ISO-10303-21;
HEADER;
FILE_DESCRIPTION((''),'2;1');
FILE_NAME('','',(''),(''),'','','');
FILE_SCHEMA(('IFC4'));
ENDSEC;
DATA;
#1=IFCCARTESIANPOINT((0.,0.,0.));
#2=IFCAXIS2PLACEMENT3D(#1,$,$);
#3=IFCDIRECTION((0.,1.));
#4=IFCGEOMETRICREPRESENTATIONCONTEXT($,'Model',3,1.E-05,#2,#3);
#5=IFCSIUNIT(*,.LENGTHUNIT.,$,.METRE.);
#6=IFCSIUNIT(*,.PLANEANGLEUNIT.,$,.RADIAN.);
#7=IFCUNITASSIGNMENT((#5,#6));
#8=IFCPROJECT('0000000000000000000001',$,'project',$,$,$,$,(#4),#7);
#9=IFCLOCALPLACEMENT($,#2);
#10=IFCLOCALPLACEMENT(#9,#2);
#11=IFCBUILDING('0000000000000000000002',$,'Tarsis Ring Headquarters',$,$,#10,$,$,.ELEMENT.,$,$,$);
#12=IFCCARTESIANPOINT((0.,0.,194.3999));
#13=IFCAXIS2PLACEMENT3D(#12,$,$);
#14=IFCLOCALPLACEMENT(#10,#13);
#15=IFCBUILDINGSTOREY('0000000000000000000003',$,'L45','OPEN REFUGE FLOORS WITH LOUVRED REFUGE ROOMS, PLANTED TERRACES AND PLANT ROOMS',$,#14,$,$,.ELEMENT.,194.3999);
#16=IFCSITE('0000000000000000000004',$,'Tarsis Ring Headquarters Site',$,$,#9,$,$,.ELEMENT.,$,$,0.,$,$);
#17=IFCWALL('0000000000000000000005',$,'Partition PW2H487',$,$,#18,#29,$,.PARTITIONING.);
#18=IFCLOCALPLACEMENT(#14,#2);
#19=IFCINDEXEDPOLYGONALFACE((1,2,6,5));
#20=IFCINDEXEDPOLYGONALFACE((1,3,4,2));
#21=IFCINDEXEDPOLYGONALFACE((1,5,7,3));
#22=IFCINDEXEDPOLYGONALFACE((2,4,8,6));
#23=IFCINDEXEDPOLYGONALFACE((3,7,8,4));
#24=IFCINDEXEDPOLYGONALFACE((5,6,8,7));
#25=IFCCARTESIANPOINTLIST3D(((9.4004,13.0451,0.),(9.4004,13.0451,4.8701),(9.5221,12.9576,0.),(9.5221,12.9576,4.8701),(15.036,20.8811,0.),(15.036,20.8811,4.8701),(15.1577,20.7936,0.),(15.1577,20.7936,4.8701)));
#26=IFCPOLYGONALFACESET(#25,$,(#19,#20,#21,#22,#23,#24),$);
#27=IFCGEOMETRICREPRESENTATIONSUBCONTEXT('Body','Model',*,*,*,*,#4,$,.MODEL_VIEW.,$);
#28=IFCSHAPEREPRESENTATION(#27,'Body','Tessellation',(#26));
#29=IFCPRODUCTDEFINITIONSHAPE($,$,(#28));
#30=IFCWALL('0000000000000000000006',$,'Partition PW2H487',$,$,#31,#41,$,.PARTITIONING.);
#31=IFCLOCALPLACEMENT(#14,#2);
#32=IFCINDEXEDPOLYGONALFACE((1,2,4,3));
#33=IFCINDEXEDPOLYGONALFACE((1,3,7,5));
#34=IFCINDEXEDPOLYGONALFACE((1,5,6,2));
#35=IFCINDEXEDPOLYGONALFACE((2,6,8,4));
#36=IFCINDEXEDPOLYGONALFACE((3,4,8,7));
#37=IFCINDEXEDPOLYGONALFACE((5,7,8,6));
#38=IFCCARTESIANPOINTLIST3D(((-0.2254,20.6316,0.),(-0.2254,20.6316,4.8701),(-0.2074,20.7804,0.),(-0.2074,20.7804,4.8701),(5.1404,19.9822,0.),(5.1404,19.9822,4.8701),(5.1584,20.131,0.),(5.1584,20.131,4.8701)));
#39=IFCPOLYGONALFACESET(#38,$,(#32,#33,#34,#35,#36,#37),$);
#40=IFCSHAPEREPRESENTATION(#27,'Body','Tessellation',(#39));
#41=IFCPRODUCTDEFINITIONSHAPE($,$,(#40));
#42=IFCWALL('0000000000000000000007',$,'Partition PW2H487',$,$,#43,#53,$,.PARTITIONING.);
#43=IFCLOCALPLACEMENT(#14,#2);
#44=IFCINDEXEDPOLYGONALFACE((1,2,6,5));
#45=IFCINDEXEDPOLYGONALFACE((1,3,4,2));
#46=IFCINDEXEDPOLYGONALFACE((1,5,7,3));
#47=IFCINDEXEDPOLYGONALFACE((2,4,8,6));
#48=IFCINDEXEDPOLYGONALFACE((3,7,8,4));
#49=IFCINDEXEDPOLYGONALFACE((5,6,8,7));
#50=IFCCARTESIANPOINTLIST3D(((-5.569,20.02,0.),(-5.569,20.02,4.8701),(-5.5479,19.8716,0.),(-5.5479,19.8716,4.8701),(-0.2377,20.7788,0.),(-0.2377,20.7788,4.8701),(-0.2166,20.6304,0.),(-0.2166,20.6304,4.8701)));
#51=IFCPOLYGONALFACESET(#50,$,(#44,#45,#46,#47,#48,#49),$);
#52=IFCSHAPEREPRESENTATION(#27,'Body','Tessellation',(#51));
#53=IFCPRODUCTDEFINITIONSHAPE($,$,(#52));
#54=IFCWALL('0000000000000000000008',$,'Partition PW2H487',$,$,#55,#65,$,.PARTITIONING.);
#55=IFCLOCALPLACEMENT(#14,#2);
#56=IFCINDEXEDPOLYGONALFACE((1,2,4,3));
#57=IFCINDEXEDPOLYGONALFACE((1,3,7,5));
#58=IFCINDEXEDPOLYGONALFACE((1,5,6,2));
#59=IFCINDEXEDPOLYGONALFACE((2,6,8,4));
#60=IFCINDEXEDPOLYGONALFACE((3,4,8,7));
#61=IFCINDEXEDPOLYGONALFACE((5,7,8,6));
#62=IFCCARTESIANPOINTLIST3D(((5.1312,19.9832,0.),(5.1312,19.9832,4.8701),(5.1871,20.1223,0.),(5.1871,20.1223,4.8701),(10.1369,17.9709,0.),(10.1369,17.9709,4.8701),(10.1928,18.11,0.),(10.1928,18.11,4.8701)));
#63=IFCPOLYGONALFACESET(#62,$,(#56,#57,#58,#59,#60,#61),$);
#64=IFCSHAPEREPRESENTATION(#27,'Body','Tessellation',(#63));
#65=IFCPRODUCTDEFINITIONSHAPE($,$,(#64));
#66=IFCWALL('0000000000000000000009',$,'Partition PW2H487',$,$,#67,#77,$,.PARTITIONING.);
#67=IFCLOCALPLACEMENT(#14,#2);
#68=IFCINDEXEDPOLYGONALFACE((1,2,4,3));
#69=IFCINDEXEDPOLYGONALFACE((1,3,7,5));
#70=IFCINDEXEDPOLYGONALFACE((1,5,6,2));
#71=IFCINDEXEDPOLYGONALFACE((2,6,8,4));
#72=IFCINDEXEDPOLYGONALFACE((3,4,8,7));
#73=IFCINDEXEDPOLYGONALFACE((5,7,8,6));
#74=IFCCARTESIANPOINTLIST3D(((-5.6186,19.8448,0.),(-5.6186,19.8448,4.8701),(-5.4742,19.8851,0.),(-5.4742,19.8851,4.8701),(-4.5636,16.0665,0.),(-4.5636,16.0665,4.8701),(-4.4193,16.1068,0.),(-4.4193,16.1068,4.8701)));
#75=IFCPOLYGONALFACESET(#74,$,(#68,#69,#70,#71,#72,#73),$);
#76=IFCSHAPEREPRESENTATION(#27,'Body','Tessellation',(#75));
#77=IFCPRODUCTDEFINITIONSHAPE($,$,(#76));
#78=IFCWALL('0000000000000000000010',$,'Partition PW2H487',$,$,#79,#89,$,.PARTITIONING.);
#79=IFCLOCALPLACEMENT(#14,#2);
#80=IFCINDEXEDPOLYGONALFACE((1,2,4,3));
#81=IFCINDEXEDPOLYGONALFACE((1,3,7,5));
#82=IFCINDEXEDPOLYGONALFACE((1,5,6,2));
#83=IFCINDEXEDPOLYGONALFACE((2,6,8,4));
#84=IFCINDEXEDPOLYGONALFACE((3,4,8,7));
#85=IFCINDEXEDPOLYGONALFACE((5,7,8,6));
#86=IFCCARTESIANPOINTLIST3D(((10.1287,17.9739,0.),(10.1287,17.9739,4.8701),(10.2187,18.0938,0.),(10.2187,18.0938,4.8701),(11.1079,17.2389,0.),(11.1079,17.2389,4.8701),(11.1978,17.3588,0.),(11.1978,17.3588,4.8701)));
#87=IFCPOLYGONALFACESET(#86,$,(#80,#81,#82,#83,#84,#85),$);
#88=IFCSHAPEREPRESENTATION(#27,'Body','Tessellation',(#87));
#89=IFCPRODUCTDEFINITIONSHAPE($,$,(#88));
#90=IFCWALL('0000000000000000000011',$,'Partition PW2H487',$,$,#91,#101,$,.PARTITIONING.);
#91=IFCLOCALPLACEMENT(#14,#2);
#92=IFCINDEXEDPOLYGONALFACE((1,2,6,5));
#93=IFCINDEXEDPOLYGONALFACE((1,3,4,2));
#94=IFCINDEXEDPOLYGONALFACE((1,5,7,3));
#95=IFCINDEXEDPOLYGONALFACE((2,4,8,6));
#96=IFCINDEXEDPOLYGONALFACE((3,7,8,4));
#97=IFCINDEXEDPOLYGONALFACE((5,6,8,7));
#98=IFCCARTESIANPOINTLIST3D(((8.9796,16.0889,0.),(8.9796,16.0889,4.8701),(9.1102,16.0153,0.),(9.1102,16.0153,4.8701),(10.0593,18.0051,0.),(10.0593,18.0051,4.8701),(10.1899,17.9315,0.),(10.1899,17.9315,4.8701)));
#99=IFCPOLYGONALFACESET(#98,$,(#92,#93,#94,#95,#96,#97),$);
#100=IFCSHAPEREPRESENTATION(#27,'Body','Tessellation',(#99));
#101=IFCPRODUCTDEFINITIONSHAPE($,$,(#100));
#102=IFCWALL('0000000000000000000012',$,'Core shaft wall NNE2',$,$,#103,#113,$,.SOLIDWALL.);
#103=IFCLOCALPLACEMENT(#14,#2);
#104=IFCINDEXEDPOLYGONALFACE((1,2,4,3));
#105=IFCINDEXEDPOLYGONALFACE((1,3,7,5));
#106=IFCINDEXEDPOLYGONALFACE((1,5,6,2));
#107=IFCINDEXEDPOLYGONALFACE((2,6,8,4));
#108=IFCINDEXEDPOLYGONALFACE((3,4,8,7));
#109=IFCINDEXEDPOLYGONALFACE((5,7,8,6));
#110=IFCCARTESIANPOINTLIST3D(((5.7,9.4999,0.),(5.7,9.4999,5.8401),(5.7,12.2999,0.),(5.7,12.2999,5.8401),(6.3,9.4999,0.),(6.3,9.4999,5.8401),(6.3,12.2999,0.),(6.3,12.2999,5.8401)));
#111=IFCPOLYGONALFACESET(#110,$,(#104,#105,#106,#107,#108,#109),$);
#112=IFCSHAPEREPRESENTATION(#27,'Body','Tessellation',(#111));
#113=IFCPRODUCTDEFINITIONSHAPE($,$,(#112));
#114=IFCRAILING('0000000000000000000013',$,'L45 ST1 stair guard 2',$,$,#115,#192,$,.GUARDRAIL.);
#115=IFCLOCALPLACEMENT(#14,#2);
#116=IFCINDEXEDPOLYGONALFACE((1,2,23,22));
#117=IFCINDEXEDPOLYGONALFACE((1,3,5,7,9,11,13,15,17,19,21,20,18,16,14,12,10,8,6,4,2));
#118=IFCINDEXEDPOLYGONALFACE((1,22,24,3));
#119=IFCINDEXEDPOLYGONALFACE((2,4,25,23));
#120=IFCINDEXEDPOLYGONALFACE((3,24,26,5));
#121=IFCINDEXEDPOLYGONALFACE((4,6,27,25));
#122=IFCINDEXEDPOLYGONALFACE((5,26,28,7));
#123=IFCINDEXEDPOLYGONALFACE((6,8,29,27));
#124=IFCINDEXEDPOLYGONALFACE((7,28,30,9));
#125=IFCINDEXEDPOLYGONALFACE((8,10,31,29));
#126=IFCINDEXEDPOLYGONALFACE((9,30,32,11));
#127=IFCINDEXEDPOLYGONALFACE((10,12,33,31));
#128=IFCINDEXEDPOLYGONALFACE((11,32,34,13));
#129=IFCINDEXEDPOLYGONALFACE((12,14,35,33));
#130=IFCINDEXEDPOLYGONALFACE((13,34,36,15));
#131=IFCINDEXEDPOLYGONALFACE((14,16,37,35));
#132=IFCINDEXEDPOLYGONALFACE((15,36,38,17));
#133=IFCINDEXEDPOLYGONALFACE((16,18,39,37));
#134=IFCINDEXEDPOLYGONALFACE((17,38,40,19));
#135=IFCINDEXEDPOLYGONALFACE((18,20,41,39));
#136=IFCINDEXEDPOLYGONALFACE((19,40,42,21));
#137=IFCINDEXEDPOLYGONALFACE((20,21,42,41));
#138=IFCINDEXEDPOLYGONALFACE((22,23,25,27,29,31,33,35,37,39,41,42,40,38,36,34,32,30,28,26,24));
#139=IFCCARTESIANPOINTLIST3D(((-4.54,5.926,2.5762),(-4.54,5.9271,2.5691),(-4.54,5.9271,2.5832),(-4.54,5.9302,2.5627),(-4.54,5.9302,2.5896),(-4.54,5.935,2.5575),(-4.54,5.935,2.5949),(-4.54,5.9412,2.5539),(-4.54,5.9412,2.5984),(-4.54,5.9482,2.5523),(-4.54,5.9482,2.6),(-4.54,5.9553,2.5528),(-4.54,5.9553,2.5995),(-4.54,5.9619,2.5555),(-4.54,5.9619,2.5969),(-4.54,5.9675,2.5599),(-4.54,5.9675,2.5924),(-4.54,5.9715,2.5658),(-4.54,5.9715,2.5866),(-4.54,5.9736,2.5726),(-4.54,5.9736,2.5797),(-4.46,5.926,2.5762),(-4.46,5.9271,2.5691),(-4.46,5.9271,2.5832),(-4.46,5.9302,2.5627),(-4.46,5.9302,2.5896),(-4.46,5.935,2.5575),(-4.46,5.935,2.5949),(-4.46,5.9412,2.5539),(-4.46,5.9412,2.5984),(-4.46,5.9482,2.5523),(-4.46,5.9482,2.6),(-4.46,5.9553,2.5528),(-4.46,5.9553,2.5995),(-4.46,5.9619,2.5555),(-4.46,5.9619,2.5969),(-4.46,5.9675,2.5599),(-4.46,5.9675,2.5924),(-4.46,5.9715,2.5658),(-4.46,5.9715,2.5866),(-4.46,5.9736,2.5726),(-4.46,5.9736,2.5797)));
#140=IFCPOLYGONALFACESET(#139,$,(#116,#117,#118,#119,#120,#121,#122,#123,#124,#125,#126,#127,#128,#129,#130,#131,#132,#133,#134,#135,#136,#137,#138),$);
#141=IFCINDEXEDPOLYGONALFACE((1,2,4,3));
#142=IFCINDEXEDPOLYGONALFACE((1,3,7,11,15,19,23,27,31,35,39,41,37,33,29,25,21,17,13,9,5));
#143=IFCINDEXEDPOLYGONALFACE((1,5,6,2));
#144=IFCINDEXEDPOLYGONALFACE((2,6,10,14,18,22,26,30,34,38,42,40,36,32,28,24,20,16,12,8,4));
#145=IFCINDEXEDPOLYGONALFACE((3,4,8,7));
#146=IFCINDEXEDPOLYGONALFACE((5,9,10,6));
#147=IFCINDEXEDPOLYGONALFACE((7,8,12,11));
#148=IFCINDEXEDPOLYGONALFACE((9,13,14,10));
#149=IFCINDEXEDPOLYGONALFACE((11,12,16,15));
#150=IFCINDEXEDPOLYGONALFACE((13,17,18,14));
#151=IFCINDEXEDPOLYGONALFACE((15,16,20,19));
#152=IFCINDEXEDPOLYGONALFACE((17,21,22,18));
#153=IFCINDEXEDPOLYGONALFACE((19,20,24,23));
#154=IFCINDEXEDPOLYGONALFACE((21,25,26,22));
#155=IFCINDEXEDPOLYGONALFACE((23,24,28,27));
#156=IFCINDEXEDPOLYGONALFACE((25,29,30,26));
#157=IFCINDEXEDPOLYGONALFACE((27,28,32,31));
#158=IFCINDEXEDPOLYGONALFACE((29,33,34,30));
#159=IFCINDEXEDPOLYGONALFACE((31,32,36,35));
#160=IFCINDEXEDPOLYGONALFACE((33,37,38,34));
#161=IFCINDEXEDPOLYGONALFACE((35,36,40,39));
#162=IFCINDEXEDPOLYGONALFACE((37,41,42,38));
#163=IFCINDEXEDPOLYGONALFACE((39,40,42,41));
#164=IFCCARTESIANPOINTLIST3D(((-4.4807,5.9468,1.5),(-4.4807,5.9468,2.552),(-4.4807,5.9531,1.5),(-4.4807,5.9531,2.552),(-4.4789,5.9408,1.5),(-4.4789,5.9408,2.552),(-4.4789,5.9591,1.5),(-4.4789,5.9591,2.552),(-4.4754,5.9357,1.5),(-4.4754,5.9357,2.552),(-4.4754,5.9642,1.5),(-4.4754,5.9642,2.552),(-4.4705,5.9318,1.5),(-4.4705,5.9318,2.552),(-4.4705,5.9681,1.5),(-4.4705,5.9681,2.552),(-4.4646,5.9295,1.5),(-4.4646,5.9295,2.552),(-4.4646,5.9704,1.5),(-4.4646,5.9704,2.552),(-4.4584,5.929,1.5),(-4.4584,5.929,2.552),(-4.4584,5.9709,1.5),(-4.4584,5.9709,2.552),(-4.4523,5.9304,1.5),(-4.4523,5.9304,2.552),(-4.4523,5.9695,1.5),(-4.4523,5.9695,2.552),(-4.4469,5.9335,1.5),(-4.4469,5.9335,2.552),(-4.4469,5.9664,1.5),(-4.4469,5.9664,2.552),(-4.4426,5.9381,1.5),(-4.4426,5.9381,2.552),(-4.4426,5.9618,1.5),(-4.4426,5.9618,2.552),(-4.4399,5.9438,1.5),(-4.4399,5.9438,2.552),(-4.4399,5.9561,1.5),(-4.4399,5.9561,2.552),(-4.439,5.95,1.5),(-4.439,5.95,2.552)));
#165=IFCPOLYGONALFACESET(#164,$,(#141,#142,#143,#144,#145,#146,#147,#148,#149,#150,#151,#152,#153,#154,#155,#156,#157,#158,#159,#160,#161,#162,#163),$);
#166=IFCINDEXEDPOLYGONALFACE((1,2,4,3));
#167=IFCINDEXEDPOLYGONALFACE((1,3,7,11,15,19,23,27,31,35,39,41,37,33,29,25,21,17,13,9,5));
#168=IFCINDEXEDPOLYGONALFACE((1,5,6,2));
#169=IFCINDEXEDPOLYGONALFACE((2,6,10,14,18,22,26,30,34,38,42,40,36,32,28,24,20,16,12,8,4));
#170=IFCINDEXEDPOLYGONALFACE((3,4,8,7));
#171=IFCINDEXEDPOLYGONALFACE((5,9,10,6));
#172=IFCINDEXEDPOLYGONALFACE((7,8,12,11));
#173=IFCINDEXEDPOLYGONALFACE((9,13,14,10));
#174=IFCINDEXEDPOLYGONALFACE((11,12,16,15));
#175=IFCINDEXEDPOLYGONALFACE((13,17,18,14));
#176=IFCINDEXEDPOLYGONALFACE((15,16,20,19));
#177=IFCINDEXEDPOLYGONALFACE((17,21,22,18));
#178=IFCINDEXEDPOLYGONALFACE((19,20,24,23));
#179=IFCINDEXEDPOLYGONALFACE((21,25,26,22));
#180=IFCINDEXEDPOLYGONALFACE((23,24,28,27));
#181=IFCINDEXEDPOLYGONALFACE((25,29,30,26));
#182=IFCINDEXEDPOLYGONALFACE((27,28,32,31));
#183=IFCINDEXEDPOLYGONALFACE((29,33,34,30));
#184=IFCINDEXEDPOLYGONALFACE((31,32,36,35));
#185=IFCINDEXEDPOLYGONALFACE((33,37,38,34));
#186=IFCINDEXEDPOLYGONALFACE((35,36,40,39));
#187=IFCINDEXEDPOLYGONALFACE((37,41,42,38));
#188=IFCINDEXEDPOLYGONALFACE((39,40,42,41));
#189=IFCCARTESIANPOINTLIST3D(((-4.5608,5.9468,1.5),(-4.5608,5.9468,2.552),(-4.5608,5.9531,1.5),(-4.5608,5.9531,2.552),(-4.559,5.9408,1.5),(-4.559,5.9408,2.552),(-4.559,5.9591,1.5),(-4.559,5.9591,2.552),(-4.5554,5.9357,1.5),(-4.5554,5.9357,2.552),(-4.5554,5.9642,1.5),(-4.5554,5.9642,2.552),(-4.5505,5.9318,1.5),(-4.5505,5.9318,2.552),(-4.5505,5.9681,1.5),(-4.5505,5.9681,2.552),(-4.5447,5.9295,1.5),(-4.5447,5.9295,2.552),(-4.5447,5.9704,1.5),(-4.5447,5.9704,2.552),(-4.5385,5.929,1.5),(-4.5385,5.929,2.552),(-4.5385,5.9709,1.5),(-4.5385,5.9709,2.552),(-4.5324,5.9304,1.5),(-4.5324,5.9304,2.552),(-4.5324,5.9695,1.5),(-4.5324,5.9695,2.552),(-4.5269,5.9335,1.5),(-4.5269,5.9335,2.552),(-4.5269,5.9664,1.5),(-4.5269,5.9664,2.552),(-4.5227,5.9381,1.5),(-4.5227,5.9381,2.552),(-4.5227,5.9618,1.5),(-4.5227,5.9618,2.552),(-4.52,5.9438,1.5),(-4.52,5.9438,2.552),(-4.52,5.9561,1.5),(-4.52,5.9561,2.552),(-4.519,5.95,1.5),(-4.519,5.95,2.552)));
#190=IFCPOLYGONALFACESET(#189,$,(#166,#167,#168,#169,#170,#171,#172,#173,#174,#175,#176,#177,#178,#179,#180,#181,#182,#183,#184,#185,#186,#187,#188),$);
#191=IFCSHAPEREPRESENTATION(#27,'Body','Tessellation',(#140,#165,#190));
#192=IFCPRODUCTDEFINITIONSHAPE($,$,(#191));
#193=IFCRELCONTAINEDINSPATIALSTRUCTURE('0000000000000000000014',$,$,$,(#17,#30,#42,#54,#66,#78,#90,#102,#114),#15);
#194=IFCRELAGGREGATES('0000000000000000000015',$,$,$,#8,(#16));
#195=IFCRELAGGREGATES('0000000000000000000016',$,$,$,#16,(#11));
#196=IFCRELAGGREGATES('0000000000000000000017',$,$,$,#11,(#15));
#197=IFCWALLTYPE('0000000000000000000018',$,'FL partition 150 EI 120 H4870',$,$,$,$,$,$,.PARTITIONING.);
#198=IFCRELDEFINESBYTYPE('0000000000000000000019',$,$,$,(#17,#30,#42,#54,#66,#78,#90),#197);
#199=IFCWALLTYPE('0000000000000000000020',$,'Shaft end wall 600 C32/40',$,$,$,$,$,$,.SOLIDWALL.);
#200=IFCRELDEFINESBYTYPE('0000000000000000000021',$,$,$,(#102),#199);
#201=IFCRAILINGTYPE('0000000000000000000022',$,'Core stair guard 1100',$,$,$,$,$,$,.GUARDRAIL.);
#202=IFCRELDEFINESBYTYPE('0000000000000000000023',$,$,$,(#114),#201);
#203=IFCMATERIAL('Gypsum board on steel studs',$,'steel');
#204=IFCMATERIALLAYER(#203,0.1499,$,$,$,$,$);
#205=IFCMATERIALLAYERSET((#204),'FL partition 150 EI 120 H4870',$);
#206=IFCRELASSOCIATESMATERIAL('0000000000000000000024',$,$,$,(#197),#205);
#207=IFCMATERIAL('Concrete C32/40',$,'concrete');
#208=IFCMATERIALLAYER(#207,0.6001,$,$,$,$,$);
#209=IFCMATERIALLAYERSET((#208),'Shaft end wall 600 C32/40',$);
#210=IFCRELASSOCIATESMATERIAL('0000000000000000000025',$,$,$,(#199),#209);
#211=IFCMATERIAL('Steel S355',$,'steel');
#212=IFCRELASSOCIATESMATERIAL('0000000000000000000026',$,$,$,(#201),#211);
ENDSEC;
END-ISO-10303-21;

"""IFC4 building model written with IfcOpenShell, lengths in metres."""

from ifc_helpers import new_model, si_unit, direction, frame, frame_2d, origin, origin_2d, place, context, subcontext, project, spatial, rectangle, circle, extrude, material, layer, layer_set, type_object, element, save


model = new_model("IFC4")

# Units and contexts
model_context = context("Model", 3, precision=1e-05, world=origin(), true_north=direction((0.0, 1.0)))
body_context = subcontext(model_context, "Body", "Model", "MODEL_VIEW")
ifc_project = project(units=[si_unit("LENGTHUNIT", "METRE"), si_unit("PLANEANGLEUNIT", "RADIAN")], contexts=[model_context])

# Site, building, storey
site_placement = place(None, origin())
site = spatial("IfcSite", under=ifc_project, at=site_placement, Name="Tarsis Ring Headquarters Site", CompositionType="ELEMENT", RefElevation=0.0)
building_placement = place(site_placement, origin())
building = spatial("IfcBuilding", under=site, at=building_placement, Name="Tarsis Ring Headquarters", CompositionType="ELEMENT")
storey_placement = place(building_placement, frame((0.0, 0.0, 194.3999)))
storey = spatial("IfcBuildingStorey", under=building, at=storey_placement, Name="L45", Description="OPEN REFUGE FLOORS WITH LOUVRED REFUGE ROOMS, PLANTED TERRACES AND PLANT ROOMS", CompositionType="ELEMENT", Elevation=194.3999)

# Walls
ifc_material_1 = material(Name="Gypsum board on steel studs", Category="steel")
ifc_layer_1 = layer(ifc_material_1, 0.1499)
ifc_layer_set_1 = layer_set([ifc_layer_1], Name="FL partition 150 EI 120 H4870")
wall_type_1 = type_object("IfcWallType", Name="FL partition 150 EI 120 H4870", PredefinedType="PARTITIONING", material=ifc_layer_set_1)
wall_1_placement = place(storey_placement, frame((9.4612, 13.0012, 0.0), z_axis=(0.0, 0.0, 1.0), x_axis=(0.58387, 0.811848, 0.0)))
element("IfcWall", 1, at=wall_1_placement, inside=storey, type_object=wall_type_1, Name="Partition PW2H487", PredefinedType="PARTITIONING", context=body_context, shape_type="SweptSolid", body=[
    extrude(rectangle(XDim=9.6521, YDim=0.1499, at=frame_2d((4.8262, 0.0))), origin(), (0.0, 0.0, 1.0), 4.8701),
])
wall_2_placement = place(storey_placement, frame((-0.2166, 20.7061, 0.0), z_axis=(0.0, 0.0, 1.0), x_axis=(0.992756, -0.120148, 0.0)))
element("IfcWall", 2, at=wall_2_placement, inside=storey, type_object=wall_type_1, Name="Partition PW2H487", PredefinedType="PARTITIONING", context=body_context, shape_type="SweptSolid", body=[
    extrude(rectangle(XDim=5.405, YDim=0.1499, at=frame_2d((2.7026, 0.0))), origin(), (0.0, 0.0, 1.0), 4.8701),
])
wall_3_placement = place(storey_placement, frame((-5.5583, 19.9458, 0.0), z_axis=(0.0, 0.0, 1.0), x_axis=(0.990023, 0.140907, 0.0)))
element("IfcWall", 3, at=wall_3_placement, inside=storey, type_object=wall_type_1, Name="Partition PW2H487", PredefinedType="PARTITIONING", context=body_context, shape_type="SweptSolid", body=[
    extrude(rectangle(XDim=5.385, YDim=0.1499, at=frame_2d((2.6924, 0.0))), origin(), (0.0, 0.0, 1.0), 4.8701),
])
wall_4_placement = place(storey_placement, frame((5.1592, 20.0527, 0.0), z_axis=(0.0, 0.0, 1.0), x_axis=(0.927839, -0.372982, 0.0)))
element("IfcWall", 4, at=wall_4_placement, inside=storey, type_object=wall_type_1, Name="Partition PW2H487", PredefinedType="PARTITIONING", context=body_context, shape_type="SweptSolid", body=[
    extrude(rectangle(XDim=5.395, YDim=0.1499, at=frame_2d((2.6975, 0.0))), origin(), (0.0, 0.0, 1.0), 4.8701),
])
wall_5_placement = place(storey_placement, frame((-5.5464, 19.865, 0.0), z_axis=(0.0, 0.0, 1.0), x_axis=(0.268921, -0.963162, 0.0)))
element("IfcWall", 5, at=wall_5_placement, inside=storey, type_object=wall_type_1, Name="Partition PW2H487", PredefinedType="PARTITIONING", context=body_context, shape_type="SweptSolid", body=[
    extrude(rectangle(XDim=3.9229, YDim=0.1499, at=frame_2d((1.9614, 0.0))), origin(), (0.0, 0.0, 1.0), 4.8701),
])
wall_6_placement = place(storey_placement, frame((10.1736, 18.0339, 0.0), z_axis=(0.0, 0.0, 1.0), x_axis=(0.799737, -0.600351, 0.0)))
element("IfcWall", 6, at=wall_6_placement, inside=storey, type_object=wall_type_1, Name="Partition PW2H487", PredefinedType="PARTITIONING", context=body_context, shape_type="SweptSolid", body=[
    extrude(rectangle(XDim=1.2244, YDim=0.1499, at=frame_2d((0.6123, 0.0))), origin(), (0.0, 0.0, 1.0), 4.8701),
])
wall_7_placement = place(storey_placement, frame((9.0449, 16.0522, 0.0), z_axis=(0.0, 0.0, 1.0), x_axis=(0.49093, 0.871199, 0.0)))
element("IfcWall", 7, at=wall_7_placement, inside=storey, type_object=wall_type_1, Name="Partition PW2H487", PredefinedType="PARTITIONING", context=body_context, shape_type="SweptSolid", body=[
    extrude(rectangle(XDim=2.1995, YDim=0.1499, at=frame_2d((1.0996, 0.0))), origin(), (0.0, 0.0, 1.0), 4.8701),
])
ifc_material_2 = material(Name="Concrete C32/40", Category="concrete")
ifc_layer_2 = layer(ifc_material_2, 0.6001)
ifc_layer_set_2 = layer_set([ifc_layer_2], Name="Shaft end wall 600 C32/40")
wall_type_2 = type_object("IfcWallType", Name="Shaft end wall 600 C32/40", PredefinedType="SOLIDWALL", material=ifc_layer_set_2)
wall_8_placement = place(storey_placement, frame((6.0, 9.5, 0.0), z_axis=(0.0, 0.0, 1.0), x_axis=(0.0, 1.0, 0.0)))
element("IfcWall", 8, at=wall_8_placement, inside=storey, type_object=wall_type_2, Name="Core shaft wall NNE2", PredefinedType="SOLIDWALL", context=body_context, shape_type="SweptSolid", body=[
    extrude(rectangle(XDim=2.8, YDim=0.6001, at=frame_2d((1.3999, 0.0))), origin(), (0.0, 0.0, 1.0), 5.8401),
])

# Railing
ifc_material_3 = material(Name="Steel S355", Category="steel")
railing_type_1 = type_object("IfcRailingType", Name="Core stair guard 1100", PredefinedType="GUARDRAIL", material=ifc_material_3)
for number, where, name in (
    (9, (-4.46, 5.95, 1.5), "L45 ST1 stair guard 2"),
):
    element("IfcRailing", number, at=place(storey_placement, frame(where)), inside=storey, type_object=railing_type_1, Name=name, PredefinedType="GUARDRAIL", context=body_context, shape_type="SweptSolid", body=[
        extrude(circle(Radius=0.0239, at=origin_2d()), frame((0.0, 0.0, 1.0762), z_axis=(-1.0, 0.0, 0.0), x_axis=(0.0, -1.0, 0.0)), (0.0, 0.0, 1.0), 0.0801),
        extrude(circle(Radius=0.021, at=origin_2d()), origin(), (0.0, 0.0, 1.0), 1.052),
        extrude(circle(Radius=0.021, at=origin_2d()), frame((-0.0801, 0.0, 0.0)), (0.0, 0.0, 1.0), 1.052),
    ])

save(model, "model.ifc")
